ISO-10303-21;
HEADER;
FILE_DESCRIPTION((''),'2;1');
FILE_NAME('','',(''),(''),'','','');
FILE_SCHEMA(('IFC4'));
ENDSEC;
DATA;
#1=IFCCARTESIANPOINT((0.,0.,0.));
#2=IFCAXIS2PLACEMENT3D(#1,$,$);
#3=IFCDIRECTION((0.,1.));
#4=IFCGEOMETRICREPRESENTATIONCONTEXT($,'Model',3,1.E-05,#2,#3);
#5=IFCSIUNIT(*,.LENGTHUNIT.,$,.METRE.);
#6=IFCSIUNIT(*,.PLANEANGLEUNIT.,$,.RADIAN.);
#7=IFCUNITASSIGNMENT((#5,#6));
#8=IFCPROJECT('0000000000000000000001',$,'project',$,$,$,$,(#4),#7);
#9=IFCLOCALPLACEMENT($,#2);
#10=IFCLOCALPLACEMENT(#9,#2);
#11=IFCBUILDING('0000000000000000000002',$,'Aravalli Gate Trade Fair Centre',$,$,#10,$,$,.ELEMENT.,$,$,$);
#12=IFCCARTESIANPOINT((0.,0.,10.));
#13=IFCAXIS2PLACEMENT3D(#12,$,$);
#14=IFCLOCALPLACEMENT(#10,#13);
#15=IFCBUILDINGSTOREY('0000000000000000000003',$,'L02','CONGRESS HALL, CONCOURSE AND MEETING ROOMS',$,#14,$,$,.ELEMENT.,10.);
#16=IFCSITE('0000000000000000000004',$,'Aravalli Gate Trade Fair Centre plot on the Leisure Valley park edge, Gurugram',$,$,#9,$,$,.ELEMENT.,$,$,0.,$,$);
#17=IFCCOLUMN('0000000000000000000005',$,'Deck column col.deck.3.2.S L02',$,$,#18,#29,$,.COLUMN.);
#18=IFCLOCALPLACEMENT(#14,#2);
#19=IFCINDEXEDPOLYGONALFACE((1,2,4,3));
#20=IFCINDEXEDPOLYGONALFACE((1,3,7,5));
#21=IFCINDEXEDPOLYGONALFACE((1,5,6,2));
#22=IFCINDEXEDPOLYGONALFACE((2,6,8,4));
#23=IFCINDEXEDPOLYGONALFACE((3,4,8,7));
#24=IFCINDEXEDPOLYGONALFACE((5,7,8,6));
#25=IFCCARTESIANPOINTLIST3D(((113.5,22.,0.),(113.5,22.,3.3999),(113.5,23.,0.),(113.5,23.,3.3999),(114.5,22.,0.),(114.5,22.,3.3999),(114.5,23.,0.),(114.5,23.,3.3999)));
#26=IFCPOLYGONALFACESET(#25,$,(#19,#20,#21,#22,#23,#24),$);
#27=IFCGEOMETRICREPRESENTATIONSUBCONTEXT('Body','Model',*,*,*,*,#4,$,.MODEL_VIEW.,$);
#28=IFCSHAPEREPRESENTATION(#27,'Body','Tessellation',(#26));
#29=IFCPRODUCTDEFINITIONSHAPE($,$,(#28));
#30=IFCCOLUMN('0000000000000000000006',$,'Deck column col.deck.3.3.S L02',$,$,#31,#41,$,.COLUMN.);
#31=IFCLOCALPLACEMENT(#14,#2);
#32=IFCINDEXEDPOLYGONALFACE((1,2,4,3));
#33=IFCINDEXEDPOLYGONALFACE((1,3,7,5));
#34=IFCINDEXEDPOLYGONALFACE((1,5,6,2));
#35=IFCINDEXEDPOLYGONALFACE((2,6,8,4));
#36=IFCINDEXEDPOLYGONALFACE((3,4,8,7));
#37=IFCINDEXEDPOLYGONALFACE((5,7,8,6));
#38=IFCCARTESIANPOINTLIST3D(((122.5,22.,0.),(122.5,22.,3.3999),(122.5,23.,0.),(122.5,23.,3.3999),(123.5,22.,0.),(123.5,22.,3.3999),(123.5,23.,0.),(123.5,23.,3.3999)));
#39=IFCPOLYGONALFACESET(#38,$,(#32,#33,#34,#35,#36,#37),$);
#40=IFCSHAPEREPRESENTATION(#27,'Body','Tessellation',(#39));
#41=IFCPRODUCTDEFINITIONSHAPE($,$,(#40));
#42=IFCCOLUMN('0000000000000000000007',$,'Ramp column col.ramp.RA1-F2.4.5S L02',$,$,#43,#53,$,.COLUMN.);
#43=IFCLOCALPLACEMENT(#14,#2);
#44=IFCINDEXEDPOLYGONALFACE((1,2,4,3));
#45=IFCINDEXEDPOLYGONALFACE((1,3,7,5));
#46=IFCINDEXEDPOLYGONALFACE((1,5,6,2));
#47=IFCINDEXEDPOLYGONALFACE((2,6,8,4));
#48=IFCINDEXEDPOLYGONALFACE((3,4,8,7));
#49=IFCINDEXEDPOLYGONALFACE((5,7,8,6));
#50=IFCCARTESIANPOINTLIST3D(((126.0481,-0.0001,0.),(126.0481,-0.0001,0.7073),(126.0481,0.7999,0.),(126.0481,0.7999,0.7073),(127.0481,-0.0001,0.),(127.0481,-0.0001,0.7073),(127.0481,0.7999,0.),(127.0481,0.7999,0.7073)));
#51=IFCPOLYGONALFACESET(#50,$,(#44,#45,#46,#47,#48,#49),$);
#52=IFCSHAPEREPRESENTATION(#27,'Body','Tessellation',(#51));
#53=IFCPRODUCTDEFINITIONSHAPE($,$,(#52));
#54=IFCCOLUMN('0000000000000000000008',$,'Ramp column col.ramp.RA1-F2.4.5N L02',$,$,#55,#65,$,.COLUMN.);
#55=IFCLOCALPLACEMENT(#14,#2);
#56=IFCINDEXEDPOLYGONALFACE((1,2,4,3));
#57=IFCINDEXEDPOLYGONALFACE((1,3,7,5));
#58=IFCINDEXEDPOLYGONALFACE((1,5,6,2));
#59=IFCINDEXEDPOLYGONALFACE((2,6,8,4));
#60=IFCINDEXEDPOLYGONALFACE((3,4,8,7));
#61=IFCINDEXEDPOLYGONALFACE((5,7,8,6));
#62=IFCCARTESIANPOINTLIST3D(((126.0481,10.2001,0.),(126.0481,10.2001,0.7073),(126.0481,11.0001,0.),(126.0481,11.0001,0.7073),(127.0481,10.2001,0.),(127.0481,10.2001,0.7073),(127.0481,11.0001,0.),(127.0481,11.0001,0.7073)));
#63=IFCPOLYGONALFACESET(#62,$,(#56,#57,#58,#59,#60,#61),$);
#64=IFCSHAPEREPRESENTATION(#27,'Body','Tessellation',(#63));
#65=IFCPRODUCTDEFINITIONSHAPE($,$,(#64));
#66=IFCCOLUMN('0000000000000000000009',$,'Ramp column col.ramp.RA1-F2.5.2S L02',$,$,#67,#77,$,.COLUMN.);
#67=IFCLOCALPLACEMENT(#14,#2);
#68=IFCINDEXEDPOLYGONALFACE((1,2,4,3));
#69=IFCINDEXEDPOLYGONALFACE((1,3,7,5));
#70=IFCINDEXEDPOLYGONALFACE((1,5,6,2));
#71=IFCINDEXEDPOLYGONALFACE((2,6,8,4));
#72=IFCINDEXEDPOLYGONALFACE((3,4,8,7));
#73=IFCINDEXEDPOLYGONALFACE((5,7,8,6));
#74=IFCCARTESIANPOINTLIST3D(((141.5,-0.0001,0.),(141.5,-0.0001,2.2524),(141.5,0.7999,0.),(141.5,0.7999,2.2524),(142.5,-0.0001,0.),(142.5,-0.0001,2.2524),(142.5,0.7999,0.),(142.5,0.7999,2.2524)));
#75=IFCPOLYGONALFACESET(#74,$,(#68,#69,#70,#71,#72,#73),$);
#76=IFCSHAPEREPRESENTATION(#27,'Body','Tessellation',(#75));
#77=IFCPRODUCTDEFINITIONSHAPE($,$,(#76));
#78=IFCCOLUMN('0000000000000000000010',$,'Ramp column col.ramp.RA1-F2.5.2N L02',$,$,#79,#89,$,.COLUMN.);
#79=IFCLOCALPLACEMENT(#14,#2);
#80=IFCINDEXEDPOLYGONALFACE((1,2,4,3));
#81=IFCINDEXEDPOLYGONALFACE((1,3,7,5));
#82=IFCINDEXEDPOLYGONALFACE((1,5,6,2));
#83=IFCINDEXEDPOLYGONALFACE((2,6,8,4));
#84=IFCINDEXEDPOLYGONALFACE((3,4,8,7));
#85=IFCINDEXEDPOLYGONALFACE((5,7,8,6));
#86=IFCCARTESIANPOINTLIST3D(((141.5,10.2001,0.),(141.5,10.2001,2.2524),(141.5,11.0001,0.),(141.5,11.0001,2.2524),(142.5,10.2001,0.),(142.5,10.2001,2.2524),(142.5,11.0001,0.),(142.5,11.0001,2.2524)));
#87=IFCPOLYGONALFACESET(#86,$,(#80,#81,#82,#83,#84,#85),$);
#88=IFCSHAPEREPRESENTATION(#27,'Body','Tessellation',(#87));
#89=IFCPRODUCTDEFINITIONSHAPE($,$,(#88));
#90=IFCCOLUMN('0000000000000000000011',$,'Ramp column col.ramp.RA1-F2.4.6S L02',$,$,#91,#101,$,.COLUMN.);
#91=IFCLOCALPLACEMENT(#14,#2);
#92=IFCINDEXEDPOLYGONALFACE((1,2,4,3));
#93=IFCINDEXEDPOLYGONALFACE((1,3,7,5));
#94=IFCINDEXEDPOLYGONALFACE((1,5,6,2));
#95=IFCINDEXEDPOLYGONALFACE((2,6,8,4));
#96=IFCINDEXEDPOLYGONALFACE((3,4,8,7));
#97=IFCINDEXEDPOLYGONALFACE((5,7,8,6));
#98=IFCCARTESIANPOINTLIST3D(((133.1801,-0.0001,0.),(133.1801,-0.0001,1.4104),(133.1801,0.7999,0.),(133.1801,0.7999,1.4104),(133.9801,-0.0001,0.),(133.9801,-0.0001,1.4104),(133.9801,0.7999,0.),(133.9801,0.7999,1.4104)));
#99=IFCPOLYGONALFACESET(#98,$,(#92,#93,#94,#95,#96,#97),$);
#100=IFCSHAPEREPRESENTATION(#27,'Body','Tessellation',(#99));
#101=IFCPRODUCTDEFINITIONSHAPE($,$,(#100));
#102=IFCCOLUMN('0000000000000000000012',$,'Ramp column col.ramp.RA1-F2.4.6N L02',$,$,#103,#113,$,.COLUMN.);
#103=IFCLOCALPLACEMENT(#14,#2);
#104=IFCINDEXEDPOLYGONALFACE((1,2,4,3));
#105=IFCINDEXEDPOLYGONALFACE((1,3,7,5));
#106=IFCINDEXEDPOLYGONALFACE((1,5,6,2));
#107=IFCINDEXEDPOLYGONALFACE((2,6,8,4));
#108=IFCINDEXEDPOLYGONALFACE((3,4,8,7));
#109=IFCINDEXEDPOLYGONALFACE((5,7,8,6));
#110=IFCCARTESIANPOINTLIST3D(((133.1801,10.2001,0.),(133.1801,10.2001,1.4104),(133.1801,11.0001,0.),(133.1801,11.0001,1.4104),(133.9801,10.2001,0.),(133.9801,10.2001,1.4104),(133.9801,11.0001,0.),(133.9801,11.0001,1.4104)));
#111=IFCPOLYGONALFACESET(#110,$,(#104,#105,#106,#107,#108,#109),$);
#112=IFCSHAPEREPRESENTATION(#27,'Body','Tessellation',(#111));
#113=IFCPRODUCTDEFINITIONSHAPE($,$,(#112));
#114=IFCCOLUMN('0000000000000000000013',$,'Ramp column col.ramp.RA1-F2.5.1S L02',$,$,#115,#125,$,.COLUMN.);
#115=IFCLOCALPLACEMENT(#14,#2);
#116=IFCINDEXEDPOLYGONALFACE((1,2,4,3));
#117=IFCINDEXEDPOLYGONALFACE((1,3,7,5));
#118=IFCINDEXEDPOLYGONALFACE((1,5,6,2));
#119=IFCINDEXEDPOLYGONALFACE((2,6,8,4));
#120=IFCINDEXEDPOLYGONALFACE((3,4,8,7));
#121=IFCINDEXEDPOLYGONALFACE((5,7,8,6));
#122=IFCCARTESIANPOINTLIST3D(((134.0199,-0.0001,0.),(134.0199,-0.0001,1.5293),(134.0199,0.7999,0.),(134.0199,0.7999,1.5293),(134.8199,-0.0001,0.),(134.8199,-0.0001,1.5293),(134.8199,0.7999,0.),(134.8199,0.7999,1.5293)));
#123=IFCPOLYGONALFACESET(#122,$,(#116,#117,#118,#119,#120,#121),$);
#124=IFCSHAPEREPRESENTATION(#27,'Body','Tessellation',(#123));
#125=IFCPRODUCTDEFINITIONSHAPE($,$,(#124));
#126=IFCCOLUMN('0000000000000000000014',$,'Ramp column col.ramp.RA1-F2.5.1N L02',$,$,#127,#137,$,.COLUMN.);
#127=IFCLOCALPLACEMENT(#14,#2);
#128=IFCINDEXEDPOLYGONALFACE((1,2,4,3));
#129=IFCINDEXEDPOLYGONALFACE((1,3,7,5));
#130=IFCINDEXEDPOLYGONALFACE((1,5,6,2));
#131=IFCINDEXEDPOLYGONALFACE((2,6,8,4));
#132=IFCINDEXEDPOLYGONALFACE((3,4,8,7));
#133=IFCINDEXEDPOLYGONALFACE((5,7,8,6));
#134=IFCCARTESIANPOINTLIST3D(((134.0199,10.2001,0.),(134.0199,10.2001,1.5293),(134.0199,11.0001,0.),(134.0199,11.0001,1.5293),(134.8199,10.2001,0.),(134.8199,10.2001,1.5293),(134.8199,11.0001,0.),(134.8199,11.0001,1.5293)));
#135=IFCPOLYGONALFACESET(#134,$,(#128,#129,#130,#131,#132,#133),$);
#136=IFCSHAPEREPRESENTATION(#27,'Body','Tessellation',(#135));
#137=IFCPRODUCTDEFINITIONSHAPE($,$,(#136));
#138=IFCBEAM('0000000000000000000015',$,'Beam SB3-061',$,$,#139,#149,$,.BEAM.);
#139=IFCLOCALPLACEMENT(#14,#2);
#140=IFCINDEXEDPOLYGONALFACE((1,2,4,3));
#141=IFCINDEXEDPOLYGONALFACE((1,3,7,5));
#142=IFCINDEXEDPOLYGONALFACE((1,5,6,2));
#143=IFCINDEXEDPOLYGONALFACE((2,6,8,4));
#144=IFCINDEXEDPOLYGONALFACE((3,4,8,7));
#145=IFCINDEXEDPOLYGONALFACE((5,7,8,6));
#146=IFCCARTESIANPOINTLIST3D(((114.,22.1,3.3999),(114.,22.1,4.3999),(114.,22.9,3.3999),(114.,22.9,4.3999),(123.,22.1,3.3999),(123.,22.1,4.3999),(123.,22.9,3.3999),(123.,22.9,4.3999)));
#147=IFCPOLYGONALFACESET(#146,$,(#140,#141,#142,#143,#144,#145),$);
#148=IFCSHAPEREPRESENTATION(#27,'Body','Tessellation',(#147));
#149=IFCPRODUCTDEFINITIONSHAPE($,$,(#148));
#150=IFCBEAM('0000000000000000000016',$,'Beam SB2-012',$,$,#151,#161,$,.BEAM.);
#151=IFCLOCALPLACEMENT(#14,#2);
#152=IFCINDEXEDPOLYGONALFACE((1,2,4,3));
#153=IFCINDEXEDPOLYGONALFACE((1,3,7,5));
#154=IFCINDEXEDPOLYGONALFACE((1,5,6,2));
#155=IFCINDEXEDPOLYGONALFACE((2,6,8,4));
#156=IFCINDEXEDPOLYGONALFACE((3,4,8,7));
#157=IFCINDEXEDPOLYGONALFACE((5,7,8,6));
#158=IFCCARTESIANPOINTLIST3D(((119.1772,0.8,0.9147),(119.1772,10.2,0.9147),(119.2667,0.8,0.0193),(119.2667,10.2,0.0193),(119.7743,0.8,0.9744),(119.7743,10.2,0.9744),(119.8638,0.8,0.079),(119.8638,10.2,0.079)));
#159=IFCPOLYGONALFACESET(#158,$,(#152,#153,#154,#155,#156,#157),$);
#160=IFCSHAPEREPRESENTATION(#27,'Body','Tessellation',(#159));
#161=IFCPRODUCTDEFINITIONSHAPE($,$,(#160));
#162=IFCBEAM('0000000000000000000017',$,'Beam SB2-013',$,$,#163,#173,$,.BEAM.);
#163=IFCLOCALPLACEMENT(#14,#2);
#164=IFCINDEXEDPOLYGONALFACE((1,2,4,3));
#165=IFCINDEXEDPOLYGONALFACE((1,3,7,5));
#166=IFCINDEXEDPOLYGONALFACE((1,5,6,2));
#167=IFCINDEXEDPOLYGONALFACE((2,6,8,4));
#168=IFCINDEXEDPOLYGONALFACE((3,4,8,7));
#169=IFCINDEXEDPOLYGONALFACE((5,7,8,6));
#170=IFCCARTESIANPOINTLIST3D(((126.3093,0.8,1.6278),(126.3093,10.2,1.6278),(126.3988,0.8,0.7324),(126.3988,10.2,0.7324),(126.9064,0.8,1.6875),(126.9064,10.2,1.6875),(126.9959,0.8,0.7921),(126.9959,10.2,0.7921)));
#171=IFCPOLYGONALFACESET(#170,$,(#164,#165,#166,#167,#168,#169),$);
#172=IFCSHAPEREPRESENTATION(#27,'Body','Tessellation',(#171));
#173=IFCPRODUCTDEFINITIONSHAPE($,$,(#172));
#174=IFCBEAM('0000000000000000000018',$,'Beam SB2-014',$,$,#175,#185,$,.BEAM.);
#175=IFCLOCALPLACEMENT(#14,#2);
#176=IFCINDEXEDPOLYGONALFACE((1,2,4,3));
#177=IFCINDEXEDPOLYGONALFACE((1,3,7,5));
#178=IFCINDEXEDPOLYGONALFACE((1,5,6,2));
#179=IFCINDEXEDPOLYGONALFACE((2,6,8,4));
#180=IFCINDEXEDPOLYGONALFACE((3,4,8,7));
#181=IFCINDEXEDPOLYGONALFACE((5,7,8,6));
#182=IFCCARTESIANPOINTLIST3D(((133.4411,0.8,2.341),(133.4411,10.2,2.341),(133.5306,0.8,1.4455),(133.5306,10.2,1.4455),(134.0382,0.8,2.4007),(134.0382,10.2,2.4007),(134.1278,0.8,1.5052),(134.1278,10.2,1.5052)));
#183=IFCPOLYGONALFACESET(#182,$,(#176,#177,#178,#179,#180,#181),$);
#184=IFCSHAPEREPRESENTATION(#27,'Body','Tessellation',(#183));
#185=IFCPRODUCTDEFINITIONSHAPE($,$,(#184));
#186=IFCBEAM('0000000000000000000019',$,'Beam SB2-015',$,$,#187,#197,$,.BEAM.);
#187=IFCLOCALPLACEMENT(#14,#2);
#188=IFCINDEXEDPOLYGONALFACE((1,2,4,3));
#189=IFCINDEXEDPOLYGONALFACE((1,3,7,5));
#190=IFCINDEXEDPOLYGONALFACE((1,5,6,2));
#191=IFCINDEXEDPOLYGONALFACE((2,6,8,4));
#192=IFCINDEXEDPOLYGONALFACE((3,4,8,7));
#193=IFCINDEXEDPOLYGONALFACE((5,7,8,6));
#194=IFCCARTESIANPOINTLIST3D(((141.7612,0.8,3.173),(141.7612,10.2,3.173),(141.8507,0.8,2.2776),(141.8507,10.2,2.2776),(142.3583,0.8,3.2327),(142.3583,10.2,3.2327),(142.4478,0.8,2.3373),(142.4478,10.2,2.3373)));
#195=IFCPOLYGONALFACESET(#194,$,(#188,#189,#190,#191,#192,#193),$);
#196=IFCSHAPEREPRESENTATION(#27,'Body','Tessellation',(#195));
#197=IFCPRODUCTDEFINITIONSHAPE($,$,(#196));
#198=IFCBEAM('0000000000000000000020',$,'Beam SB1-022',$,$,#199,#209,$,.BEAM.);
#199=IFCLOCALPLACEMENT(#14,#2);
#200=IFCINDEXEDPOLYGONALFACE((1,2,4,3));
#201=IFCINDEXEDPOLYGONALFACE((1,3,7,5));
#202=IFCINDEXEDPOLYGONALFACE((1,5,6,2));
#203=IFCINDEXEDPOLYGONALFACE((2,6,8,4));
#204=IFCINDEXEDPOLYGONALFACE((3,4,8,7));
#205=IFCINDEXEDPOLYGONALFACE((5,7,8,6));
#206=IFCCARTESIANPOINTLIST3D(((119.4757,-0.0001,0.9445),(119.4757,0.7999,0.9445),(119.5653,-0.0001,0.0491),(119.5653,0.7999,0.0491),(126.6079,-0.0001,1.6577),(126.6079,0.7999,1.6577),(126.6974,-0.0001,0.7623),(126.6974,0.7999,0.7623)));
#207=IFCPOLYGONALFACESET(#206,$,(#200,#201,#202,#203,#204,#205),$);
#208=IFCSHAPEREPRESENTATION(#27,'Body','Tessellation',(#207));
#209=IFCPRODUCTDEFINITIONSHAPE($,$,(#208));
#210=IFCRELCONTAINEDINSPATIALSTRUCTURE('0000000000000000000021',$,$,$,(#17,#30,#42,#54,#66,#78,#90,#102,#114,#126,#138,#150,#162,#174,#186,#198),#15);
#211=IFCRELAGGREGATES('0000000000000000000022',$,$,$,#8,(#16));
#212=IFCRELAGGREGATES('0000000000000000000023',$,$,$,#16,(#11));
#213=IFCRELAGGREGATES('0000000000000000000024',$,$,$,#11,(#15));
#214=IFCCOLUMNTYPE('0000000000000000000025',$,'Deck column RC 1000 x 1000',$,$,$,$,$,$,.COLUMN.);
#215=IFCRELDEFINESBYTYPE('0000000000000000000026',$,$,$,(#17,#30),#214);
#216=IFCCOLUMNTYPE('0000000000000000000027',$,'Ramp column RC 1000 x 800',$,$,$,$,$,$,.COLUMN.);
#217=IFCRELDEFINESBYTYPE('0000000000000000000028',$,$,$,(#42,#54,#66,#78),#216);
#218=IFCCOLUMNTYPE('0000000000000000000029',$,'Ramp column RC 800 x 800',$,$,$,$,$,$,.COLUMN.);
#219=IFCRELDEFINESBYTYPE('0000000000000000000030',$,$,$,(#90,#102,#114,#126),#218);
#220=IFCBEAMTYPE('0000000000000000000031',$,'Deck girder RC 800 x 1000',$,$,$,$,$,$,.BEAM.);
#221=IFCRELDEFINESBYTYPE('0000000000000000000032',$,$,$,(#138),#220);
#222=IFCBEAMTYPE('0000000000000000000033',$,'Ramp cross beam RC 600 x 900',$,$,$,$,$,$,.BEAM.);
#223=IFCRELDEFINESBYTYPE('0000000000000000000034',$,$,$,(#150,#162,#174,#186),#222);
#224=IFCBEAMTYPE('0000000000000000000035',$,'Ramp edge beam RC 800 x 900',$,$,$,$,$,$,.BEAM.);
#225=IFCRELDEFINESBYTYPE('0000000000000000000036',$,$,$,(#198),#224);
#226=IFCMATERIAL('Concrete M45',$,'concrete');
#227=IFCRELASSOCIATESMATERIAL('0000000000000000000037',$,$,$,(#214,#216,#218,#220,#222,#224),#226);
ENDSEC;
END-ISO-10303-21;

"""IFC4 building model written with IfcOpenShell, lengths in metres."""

from ifc_helpers import new_model, si_unit, direction, frame, origin, origin_2d, place, context, subcontext, project, spatial, rectangle, extrude, material, material_profile, profile_set, type_object, element, save


model = new_model("IFC4")

# Units and contexts
model_context = context("Model", 3, precision=1e-05, world=origin(), true_north=direction((0.0, 1.0)))
body_context = subcontext(model_context, "Body", "Model", "MODEL_VIEW")
ifc_project = project(units=[si_unit("LENGTHUNIT", "METRE"), si_unit("PLANEANGLEUNIT", "RADIAN")], contexts=[model_context])

# Site, building, storey
site_placement = place(None, origin())
site = spatial("IfcSite", under=ifc_project, at=site_placement, Name="Aravalli Gate Trade Fair Centre plot on the Leisure Valley park edge, Gurugram", CompositionType="ELEMENT", RefElevation=0.0)
building_placement = place(site_placement, origin())
building = spatial("IfcBuilding", under=site, at=building_placement, Name="Aravalli Gate Trade Fair Centre", CompositionType="ELEMENT")
storey_placement = place(building_placement, frame((0.0, 0.0, 10.0)))
storey = spatial("IfcBuildingStorey", under=building, at=storey_placement, Name="L02", Description="CONGRESS HALL, CONCOURSE AND MEETING ROOMS", CompositionType="ELEMENT", Elevation=10.0)

# Columns
ifc_material_1 = material(Name="Concrete M45", Category="concrete")
ifc_material_profile_1 = material_profile(ifc_material_1, rectangle(XDim=1.0, YDim=1.0, at=origin_2d()), Name="Deck column RC 1000 x 1000")
ifc_profile_set_1 = profile_set([ifc_material_profile_1], Name="Concrete M45")
column_type_1 = type_object("IfcColumnType", Name="Deck column RC 1000 x 1000", PredefinedType="COLUMN", material=ifc_profile_set_1)
for number, where, z_axis, x_axis, name in (
    (1, (114.0, 22.5, 0.0), (0.0, 0.0, 1.0), (1.0, 0.0, 0.0), "Deck column col.deck.3.2.S L02"),
    (2, (123.0, 22.5, 0.0), (0.0, 0.0, 1.0), (1.0, 0.0, 0.0), "Deck column col.deck.3.3.S L02"),
):
    element("IfcColumn", number, at=place(storey_placement, frame(where, z_axis=z_axis, x_axis=x_axis)), inside=storey, type_object=column_type_1, Name=name, PredefinedType="COLUMN", context=body_context, shape_type="SweptSolid", body=[
        extrude(rectangle(XDim=1.0, YDim=1.0, at=origin_2d()), origin(), (0.0, 0.0, 1.0), 3.3999),
    ])
ifc_material_profile_2 = material_profile(ifc_material_1, rectangle(XDim=1.0, YDim=0.8, at=origin_2d()), Name="Ramp column RC 1000 x 800")
ifc_profile_set_2 = profile_set([ifc_material_profile_2], Name="Concrete M45")
column_type_2 = type_object("IfcColumnType", Name="Ramp column RC 1000 x 800", PredefinedType="COLUMN", material=ifc_profile_set_2)
for number, where, z_axis, x_axis, name in (
    (3, (126.5481, 0.3999, 0.0), (0.0, 0.0, 1.0), (1.0, 0.0, 0.0), "Ramp column col.ramp.RA1-F2.4.5S L02"),
    (4, (126.5481, 10.6001, 0.0), (0.0, 0.0, 1.0), (1.0, 0.0, 0.0), "Ramp column col.ramp.RA1-F2.4.5N L02"),
):
    element("IfcColumn", number, at=place(storey_placement, frame(where, z_axis=z_axis, x_axis=x_axis)), inside=storey, type_object=column_type_2, Name=name, PredefinedType="COLUMN", context=body_context, shape_type="SweptSolid", body=[
        extrude(rectangle(XDim=1.0, YDim=0.8, at=origin_2d()), origin(), (0.0, 0.0, 1.0), 0.7073),
    ])
for number, where, z_axis, x_axis, name in (
    (5, (142.0, 0.3999, 0.0), (0.0, 0.0, 1.0), (1.0, 0.0, 0.0), "Ramp column col.ramp.RA1-F2.5.2S L02"),
    (6, (142.0, 10.6001, 0.0), (0.0, 0.0, 1.0), (1.0, 0.0, 0.0), "Ramp column col.ramp.RA1-F2.5.2N L02"),
):
    element("IfcColumn", number, at=place(storey_placement, frame(where, z_axis=z_axis, x_axis=x_axis)), inside=storey, type_object=column_type_2, Name=name, PredefinedType="COLUMN", context=body_context, shape_type="SweptSolid", body=[
        extrude(rectangle(XDim=1.0, YDim=0.8, at=origin_2d()), origin(), (0.0, 0.0, 1.0), 2.2524),
    ])
ifc_material_profile_3 = material_profile(ifc_material_1, rectangle(XDim=0.8, YDim=0.8, at=origin_2d()), Name="Ramp column RC 800 x 800")
ifc_profile_set_3 = profile_set([ifc_material_profile_3], Name="Concrete M45")
column_type_3 = type_object("IfcColumnType", Name="Ramp column RC 800 x 800", PredefinedType="COLUMN", material=ifc_profile_set_3)
for number, where, z_axis, x_axis, name in (
    (7, (133.5801, 0.3999, 0.0), (0.0, 0.0, 1.0), (1.0, 0.0, 0.0), "Ramp column col.ramp.RA1-F2.4.6S L02"),
    (8, (133.5801, 10.6001, 0.0), (0.0, 0.0, 1.0), (1.0, 0.0, 0.0), "Ramp column col.ramp.RA1-F2.4.6N L02"),
):
    element("IfcColumn", number, at=place(storey_placement, frame(where, z_axis=z_axis, x_axis=x_axis)), inside=storey, type_object=column_type_3, Name=name, PredefinedType="COLUMN", context=body_context, shape_type="SweptSolid", body=[
        extrude(rectangle(XDim=0.8, YDim=0.8, at=origin_2d()), origin(), (0.0, 0.0, 1.0), 1.4104),
    ])
for number, where, z_axis, x_axis, name in (
    (9, (134.4199, 0.3999, 0.0), (0.0, 0.0, 1.0), (1.0, 0.0, 0.0), "Ramp column col.ramp.RA1-F2.5.1S L02"),
    (10, (134.4199, 10.6001, 0.0), (0.0, 0.0, 1.0), (1.0, 0.0, 0.0), "Ramp column col.ramp.RA1-F2.5.1N L02"),
):
    element("IfcColumn", number, at=place(storey_placement, frame(where, z_axis=z_axis, x_axis=x_axis)), inside=storey, type_object=column_type_3, Name=name, PredefinedType="COLUMN", context=body_context, shape_type="SweptSolid", body=[
        extrude(rectangle(XDim=0.8, YDim=0.8, at=origin_2d()), origin(), (0.0, 0.0, 1.0), 1.5293),
    ])

# Beams
ifc_material_profile_4 = material_profile(ifc_material_1, rectangle(XDim=0.8, YDim=1.0, at=origin_2d()), Name="Deck girder RC 800 x 1000")
ifc_profile_set_4 = profile_set([ifc_material_profile_4], Name="Concrete M45")
beam_type_1 = type_object("IfcBeamType", Name="Deck girder RC 800 x 1000", PredefinedType="BEAM", material=ifc_profile_set_4)
beam_1_placement = place(storey_placement, frame((114.0, 22.5, 3.8999), z_axis=(1.0, 0.0, 0.0), x_axis=(0.0, 1.0, 0.0)))
element("IfcBeam", 11, at=beam_1_placement, inside=storey, type_object=beam_type_1, Name="Beam SB3-061", PredefinedType="BEAM", context=body_context, shape_type="SweptSolid", body=[
    extrude(rectangle(XDim=0.8, YDim=1.0, at=origin_2d()), origin(), (0.0, 0.0, 1.0), 9.0),
])
ifc_material_profile_5 = material_profile(ifc_material_1, rectangle(XDim=0.6001, YDim=0.8999, at=origin_2d()), Name="Ramp cross beam RC 600 x 900")
ifc_profile_set_5 = profile_set([ifc_material_profile_5], Name="Concrete M45")
beam_type_2 = type_object("IfcBeamType", Name="Ramp cross beam RC 600 x 900", PredefinedType="BEAM", material=ifc_profile_set_5)
for number, where, z_axis, x_axis, name in (
    (12, (119.5205, 0.8, 0.4968), (0.0, 1.0, 0.0), (-0.995037, 0.0, -0.099504), "Beam SB2-012"),
    (13, (126.6526, 0.8, 1.21), (0.0, 1.0, 0.0), (-0.995037, 0.0, -0.099504), "Beam SB2-013"),
    (14, (133.7844, 0.8, 1.9231), (0.0, 1.0, 0.0), (-0.995037, 0.0, -0.099504), "Beam SB2-014"),
    (15, (142.1045, 0.8, 2.7551), (0.0, 1.0, 0.0), (-0.995037, 0.0, -0.099504), "Beam SB2-015"),
):
    element("IfcBeam", number, at=place(storey_placement, frame(where, z_axis=z_axis, x_axis=x_axis)), inside=storey, type_object=beam_type_2, Name=name, PredefinedType="BEAM", context=body_context, shape_type="SweptSolid", body=[
        extrude(rectangle(XDim=0.6001, YDim=0.8999, at=origin_2d()), origin(), (0.0, 0.0, 1.0), 9.3999),
    ])
ifc_material_profile_6 = material_profile(ifc_material_1, rectangle(XDim=0.8, YDim=0.8999, at=origin_2d()), Name="Ramp edge beam RC 800 x 900")
ifc_profile_set_6 = profile_set([ifc_material_profile_6], Name="Concrete M45")
beam_type_3 = type_object("IfcBeamType", Name="Ramp edge beam RC 800 x 900", PredefinedType="BEAM", material=ifc_profile_set_6)
beam_2_placement = place(storey_placement, frame((119.5205, 0.3999, 0.4968), z_axis=(0.995038, 0.0, 0.099494), x_axis=(0.0, 1.0, 0.0)))
element("IfcBeam", 16, at=beam_2_placement, inside=storey, type_object=beam_type_3, Name="Beam SB1-022", PredefinedType="BEAM", context=body_context, shape_type="SweptSolid", body=[
    extrude(rectangle(XDim=0.8, YDim=0.8999, at=origin_2d()), origin(), (0.0, 0.0, 1.0), 7.1677),
])

save(model, "model.ifc")
